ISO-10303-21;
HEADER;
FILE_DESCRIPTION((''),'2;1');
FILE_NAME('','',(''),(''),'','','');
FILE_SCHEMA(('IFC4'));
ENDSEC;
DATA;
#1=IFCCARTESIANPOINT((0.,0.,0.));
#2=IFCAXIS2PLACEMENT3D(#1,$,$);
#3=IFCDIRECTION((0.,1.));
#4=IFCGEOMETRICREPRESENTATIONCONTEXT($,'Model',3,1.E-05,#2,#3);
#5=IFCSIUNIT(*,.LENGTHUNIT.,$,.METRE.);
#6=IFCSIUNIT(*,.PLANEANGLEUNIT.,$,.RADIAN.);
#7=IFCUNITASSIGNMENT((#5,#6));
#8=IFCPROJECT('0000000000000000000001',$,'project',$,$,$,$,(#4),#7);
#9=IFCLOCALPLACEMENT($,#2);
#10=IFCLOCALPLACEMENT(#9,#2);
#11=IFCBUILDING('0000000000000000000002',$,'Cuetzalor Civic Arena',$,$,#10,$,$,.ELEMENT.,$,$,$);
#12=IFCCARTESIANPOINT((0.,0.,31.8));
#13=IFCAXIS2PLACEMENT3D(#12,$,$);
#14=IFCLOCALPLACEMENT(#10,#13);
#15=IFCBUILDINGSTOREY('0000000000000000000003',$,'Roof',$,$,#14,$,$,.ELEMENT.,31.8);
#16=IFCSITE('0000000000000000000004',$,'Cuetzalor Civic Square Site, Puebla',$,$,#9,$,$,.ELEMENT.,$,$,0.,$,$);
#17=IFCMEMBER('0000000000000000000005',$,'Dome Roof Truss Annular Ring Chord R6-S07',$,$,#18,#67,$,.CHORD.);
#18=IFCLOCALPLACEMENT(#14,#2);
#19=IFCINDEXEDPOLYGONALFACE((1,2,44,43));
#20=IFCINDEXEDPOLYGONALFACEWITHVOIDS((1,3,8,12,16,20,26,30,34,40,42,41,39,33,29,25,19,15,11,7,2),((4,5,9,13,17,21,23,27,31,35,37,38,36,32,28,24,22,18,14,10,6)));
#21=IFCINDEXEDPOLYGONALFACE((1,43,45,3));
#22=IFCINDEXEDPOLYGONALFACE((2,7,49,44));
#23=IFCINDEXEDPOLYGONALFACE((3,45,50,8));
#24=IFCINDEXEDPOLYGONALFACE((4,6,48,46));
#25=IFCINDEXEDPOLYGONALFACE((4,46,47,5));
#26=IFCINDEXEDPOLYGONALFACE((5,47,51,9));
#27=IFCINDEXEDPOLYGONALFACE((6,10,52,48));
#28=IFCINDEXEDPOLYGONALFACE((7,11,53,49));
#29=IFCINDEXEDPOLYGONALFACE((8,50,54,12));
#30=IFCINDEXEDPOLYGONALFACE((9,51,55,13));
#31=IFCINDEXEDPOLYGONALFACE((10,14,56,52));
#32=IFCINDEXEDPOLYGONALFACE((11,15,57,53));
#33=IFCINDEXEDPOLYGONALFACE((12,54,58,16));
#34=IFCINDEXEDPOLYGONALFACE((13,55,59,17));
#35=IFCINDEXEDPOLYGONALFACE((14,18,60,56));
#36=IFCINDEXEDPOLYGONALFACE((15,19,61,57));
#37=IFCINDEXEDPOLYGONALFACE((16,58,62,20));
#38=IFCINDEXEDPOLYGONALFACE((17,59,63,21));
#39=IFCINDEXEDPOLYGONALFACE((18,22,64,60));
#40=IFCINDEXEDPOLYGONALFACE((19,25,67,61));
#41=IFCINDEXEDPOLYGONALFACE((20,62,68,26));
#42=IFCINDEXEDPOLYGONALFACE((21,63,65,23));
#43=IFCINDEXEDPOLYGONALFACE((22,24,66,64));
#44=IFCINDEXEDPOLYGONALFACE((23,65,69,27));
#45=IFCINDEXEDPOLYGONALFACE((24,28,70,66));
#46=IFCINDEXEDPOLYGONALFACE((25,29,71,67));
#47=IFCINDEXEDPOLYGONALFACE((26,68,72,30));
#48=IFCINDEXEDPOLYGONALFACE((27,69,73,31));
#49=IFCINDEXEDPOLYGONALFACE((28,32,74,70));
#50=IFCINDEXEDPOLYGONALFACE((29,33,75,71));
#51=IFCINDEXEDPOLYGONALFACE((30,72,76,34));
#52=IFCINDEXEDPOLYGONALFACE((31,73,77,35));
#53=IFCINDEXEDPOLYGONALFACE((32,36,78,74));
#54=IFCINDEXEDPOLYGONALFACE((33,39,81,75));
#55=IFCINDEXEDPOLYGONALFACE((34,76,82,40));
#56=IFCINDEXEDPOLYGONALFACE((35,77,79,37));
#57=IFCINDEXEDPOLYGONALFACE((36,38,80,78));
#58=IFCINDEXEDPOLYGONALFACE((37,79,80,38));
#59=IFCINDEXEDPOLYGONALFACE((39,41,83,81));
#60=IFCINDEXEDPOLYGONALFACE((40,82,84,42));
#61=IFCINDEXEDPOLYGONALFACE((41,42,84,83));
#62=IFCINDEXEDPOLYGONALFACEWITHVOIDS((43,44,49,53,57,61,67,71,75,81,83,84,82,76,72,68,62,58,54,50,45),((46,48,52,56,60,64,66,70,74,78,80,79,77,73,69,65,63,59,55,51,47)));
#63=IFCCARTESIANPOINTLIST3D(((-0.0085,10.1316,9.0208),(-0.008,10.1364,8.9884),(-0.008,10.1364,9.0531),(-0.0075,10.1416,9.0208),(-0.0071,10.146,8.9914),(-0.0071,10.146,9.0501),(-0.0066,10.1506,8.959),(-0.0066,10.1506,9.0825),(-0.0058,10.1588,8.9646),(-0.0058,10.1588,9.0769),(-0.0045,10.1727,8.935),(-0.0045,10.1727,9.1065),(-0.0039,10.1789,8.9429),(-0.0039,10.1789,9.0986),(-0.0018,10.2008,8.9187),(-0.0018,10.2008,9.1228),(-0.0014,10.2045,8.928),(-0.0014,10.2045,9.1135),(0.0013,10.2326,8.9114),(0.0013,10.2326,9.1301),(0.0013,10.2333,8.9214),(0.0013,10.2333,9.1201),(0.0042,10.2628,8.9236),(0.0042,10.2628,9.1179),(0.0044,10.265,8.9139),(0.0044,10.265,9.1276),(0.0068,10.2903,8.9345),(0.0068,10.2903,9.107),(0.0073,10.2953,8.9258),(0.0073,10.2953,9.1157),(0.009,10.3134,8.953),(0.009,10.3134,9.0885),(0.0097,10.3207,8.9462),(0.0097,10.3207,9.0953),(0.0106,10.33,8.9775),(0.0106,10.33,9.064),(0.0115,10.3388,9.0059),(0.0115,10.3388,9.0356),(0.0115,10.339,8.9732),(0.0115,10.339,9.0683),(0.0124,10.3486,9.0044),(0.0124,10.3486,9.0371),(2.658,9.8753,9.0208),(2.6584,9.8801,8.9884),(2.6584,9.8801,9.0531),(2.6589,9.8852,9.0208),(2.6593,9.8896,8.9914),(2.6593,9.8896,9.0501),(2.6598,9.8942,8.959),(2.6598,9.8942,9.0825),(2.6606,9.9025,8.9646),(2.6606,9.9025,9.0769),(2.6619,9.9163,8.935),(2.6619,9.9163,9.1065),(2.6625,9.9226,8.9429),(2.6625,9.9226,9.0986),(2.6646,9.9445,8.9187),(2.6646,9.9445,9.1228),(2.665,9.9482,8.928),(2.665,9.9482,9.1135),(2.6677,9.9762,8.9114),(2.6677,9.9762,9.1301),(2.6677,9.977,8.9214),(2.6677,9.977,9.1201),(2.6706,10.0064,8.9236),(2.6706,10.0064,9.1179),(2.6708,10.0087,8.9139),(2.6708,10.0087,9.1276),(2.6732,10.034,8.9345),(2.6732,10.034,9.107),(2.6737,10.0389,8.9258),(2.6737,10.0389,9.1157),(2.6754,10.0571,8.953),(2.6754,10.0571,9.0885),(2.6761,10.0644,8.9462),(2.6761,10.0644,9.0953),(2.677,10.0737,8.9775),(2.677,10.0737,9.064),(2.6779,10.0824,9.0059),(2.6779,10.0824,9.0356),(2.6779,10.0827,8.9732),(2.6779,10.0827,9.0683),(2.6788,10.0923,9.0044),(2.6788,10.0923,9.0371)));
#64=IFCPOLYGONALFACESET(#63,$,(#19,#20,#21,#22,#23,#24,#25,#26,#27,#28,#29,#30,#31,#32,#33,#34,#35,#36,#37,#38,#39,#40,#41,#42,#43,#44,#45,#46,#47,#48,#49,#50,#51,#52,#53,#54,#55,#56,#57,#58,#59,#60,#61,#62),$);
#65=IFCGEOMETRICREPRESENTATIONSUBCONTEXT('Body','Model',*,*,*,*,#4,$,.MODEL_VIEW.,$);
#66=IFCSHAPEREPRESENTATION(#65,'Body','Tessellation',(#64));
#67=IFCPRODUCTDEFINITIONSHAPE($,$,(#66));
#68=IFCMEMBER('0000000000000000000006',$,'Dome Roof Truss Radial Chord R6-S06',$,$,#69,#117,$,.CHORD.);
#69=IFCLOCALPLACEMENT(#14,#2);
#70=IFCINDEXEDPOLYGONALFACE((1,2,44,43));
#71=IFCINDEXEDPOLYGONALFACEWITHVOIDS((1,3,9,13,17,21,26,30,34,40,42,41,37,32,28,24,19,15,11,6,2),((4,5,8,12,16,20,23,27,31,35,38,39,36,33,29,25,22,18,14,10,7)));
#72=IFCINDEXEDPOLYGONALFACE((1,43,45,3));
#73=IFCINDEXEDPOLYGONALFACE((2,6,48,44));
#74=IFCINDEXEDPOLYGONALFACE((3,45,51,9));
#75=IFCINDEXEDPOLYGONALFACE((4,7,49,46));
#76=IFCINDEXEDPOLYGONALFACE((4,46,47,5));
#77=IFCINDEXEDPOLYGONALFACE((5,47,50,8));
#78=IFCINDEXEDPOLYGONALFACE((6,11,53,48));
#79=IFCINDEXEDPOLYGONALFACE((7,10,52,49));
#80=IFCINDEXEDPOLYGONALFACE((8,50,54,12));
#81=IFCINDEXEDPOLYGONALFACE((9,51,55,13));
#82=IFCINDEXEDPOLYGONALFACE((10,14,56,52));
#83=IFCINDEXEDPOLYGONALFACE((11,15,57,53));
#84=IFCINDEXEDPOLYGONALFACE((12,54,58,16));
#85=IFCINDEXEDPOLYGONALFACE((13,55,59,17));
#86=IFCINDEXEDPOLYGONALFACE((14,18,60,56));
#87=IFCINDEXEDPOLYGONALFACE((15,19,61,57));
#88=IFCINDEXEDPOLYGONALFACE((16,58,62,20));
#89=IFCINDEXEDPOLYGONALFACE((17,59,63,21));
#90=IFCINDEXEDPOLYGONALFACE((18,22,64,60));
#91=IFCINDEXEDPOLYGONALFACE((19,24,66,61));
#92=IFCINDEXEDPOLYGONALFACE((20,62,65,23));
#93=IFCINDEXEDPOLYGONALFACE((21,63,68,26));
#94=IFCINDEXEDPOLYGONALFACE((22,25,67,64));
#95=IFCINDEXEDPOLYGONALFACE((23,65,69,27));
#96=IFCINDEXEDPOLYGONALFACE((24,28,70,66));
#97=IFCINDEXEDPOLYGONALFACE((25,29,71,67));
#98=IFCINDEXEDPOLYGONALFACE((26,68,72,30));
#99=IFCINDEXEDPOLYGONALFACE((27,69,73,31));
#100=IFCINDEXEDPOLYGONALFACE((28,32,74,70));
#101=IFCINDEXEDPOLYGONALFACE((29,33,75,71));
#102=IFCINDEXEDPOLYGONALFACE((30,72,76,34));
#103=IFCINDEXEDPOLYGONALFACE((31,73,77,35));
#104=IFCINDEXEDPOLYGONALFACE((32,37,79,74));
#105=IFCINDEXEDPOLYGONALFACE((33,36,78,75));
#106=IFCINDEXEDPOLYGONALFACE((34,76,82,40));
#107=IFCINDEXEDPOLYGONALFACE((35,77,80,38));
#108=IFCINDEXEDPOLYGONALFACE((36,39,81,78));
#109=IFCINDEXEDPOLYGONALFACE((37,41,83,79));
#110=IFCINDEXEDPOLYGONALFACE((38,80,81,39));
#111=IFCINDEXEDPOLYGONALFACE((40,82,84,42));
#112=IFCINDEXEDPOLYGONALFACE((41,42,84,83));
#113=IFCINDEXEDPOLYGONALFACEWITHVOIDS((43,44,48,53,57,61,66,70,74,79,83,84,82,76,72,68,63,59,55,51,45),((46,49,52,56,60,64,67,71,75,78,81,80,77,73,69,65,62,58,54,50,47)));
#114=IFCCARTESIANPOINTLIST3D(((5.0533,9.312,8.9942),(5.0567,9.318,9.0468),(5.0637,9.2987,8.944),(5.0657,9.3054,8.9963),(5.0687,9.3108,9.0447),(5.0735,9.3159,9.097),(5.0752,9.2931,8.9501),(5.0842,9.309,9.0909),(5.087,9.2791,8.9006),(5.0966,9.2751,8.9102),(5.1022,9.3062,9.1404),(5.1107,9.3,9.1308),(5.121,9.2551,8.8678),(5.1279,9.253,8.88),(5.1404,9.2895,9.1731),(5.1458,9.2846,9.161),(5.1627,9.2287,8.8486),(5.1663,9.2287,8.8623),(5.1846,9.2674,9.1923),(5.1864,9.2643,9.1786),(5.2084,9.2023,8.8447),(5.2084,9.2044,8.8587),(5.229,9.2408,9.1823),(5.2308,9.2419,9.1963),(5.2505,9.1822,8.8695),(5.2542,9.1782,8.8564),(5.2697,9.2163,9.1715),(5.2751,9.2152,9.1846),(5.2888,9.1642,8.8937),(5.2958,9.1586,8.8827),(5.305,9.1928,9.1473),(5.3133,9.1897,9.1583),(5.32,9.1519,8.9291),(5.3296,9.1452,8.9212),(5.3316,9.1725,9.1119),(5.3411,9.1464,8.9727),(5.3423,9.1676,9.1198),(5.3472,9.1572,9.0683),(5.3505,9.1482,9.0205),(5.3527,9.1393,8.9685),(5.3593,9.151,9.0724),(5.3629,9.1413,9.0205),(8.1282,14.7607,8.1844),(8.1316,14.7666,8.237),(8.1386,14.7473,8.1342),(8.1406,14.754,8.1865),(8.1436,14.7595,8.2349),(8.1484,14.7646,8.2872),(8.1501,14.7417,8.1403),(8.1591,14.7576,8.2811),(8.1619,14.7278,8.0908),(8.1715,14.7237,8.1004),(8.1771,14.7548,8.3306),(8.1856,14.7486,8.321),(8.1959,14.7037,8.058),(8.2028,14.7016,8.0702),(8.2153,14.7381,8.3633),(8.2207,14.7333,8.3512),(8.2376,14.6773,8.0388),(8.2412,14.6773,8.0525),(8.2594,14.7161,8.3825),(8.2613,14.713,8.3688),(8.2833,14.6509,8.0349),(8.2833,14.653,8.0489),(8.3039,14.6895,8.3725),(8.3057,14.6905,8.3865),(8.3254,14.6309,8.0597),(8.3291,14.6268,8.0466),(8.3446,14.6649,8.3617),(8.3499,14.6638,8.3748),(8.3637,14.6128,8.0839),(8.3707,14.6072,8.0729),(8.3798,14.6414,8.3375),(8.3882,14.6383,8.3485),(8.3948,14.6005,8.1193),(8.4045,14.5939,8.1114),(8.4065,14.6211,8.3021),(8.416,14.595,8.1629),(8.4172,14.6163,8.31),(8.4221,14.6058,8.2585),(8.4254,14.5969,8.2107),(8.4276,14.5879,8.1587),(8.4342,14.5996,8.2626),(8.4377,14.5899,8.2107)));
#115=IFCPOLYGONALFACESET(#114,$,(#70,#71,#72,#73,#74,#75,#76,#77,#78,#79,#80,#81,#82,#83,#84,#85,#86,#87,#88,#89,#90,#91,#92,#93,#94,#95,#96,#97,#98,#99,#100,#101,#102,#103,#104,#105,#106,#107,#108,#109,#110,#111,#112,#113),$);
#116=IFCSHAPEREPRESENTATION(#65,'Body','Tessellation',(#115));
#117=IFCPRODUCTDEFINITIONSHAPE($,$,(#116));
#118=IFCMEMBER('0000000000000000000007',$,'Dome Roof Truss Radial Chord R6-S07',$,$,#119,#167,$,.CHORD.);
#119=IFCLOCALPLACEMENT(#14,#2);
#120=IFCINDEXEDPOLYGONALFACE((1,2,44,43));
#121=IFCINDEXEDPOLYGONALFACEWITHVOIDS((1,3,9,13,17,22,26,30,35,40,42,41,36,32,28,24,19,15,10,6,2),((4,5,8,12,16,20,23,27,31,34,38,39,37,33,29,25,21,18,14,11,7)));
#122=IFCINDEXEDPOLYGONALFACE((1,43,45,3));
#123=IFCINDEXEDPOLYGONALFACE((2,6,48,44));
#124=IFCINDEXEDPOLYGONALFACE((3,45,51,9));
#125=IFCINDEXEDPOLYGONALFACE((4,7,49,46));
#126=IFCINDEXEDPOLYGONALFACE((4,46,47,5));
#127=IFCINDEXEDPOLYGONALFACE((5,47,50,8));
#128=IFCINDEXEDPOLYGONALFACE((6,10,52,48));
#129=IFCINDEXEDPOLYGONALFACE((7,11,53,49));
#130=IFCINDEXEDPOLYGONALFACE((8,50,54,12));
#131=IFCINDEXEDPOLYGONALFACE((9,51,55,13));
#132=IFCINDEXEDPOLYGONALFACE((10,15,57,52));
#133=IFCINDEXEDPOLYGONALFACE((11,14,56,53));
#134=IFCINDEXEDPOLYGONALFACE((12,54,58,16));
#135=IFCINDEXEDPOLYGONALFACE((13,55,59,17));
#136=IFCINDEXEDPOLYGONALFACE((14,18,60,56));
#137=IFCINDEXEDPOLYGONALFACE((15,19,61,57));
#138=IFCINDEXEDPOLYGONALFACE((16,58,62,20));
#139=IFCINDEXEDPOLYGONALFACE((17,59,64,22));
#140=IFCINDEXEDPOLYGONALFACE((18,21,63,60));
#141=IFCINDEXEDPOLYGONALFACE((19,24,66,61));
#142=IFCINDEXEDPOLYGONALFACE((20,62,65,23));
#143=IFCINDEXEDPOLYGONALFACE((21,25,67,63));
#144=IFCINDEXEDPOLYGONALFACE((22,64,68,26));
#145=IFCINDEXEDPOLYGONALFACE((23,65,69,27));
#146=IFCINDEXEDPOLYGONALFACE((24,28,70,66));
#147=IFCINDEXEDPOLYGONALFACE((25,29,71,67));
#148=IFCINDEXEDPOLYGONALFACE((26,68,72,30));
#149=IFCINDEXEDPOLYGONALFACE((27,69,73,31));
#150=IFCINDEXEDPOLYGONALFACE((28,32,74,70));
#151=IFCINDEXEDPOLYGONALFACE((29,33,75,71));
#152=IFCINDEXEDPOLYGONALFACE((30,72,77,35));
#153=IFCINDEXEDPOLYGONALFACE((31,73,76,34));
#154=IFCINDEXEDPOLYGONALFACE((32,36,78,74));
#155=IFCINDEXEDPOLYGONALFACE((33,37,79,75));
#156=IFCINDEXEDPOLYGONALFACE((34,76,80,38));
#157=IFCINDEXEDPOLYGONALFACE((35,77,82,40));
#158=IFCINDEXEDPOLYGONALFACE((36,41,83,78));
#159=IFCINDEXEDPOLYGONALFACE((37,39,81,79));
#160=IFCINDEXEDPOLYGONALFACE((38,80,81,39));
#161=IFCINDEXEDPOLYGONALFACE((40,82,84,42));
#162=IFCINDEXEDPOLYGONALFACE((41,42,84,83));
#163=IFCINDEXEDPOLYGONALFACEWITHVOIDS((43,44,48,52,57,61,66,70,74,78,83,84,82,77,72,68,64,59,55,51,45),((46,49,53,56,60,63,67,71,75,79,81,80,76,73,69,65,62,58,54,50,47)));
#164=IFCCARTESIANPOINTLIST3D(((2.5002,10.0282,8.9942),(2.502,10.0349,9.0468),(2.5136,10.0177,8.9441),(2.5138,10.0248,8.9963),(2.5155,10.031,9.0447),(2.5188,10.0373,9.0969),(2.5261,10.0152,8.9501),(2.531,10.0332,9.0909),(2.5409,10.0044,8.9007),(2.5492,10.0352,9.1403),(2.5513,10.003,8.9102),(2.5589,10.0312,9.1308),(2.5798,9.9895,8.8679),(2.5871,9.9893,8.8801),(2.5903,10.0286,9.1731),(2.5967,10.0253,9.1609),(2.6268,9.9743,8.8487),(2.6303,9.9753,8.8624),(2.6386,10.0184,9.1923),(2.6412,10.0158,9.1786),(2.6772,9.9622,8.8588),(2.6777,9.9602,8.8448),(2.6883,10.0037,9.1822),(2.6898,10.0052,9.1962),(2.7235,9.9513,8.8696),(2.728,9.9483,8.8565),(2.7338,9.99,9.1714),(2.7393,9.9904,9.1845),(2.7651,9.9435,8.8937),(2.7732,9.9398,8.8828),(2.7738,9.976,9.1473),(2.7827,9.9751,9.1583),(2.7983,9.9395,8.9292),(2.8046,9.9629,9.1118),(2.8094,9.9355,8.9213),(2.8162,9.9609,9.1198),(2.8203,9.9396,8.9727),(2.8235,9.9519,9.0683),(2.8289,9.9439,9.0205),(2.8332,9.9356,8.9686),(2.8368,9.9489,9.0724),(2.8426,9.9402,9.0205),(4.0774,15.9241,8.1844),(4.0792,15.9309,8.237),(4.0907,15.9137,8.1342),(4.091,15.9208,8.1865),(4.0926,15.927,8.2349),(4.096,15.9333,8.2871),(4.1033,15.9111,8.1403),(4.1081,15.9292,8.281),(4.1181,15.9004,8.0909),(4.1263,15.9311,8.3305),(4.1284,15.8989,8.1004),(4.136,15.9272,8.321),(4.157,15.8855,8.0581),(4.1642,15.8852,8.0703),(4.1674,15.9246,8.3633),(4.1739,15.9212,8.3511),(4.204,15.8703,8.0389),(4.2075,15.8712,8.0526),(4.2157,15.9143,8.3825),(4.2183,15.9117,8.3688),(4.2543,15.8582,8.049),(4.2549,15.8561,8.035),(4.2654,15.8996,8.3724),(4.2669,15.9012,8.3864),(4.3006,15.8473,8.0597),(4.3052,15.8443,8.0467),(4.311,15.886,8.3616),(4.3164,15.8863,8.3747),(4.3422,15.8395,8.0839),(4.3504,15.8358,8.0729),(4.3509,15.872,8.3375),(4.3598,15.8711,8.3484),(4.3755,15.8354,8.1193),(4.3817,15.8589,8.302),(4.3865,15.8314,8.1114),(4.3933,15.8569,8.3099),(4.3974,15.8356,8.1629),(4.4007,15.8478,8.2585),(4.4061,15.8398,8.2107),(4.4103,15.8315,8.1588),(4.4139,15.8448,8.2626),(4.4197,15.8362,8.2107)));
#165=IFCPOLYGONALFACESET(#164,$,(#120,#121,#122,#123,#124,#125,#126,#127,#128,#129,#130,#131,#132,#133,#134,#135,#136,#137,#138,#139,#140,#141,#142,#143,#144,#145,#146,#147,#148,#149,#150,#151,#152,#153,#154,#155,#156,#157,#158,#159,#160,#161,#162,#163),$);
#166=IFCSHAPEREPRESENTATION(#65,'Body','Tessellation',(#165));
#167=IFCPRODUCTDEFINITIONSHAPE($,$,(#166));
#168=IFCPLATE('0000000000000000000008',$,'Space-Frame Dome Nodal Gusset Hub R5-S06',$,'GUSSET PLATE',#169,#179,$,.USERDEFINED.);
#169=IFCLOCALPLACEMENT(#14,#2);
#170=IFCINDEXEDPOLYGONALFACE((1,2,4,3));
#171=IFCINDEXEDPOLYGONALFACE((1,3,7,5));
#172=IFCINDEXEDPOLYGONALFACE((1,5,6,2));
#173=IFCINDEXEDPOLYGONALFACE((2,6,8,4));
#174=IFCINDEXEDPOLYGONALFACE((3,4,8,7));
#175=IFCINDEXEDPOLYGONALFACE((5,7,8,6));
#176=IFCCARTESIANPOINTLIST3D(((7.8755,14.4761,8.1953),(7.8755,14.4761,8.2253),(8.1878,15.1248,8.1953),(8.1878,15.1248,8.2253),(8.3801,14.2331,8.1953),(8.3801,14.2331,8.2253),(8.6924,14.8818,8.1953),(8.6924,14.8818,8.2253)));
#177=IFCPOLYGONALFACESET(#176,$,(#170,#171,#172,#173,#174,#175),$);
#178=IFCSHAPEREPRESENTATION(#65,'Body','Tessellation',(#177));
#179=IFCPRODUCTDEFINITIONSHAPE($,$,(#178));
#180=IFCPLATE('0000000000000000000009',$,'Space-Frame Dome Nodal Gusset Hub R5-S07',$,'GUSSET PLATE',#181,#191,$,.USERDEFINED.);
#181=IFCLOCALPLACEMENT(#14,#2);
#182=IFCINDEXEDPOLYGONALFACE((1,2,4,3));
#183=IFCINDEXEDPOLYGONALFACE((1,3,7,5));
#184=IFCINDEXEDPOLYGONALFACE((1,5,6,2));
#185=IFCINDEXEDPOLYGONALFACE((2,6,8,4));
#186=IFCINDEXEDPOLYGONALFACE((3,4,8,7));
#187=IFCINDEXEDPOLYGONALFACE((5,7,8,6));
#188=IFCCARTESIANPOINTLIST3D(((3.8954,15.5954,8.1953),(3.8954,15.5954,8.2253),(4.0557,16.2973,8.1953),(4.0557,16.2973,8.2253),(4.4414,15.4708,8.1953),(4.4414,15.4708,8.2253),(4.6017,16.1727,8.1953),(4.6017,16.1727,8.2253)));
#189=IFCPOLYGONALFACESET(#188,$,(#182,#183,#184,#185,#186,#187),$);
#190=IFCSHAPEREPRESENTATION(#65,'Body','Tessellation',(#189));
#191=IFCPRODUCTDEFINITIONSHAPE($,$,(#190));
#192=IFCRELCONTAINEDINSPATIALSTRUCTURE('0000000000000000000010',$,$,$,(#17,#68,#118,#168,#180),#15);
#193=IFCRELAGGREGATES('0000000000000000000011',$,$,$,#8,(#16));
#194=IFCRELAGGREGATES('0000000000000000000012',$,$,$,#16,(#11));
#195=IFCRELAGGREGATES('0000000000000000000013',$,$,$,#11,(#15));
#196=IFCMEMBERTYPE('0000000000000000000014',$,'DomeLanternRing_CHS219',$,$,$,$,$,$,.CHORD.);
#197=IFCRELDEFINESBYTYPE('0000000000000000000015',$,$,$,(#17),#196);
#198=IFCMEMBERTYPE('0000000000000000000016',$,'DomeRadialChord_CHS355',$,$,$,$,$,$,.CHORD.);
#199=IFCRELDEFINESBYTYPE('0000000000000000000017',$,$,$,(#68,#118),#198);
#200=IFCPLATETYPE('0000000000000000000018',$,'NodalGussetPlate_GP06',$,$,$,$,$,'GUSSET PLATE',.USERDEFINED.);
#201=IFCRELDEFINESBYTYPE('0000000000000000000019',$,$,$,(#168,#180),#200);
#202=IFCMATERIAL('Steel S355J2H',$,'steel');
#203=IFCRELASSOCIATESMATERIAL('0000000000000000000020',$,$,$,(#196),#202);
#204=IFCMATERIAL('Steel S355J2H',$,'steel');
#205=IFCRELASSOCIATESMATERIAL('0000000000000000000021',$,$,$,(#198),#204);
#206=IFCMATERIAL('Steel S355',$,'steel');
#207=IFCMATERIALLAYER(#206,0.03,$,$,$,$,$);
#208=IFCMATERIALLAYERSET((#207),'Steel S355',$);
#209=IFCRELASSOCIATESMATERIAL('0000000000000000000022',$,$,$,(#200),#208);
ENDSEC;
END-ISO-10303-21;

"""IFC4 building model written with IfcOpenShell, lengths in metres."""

from ifc_helpers import new_model, si_unit, direction, frame, origin, origin_2d, place, context, subcontext, project, spatial, rectangle, hollow_circle, extrude, material, layer, layer_set, material_profile, profile_set, type_object, element, save


model = new_model("IFC4")

# Units and contexts
model_context = context("Model", 3, precision=1e-05, world=origin(), true_north=direction((0.0, 1.0)))
body_context = subcontext(model_context, "Body", "Model", "MODEL_VIEW")
ifc_project = project(units=[si_unit("LENGTHUNIT", "METRE"), si_unit("PLANEANGLEUNIT", "RADIAN")], contexts=[model_context])

# Site, building, storey
site_placement = place(None, origin())
site = spatial("IfcSite", under=ifc_project, at=site_placement, Name="Cuetzalor Civic Square Site, Puebla", CompositionType="ELEMENT", RefElevation=0.0)
building_placement = place(site_placement, origin())
building = spatial("IfcBuilding", under=site, at=building_placement, Name="Cuetzalor Civic Arena", CompositionType="ELEMENT")
storey_placement = place(building_placement, frame((0.0, 0.0, 31.8)))
storey = spatial("IfcBuildingStorey", under=building, at=storey_placement, Name="Roof", CompositionType="ELEMENT", Elevation=31.8)

# Members
ifc_material_1 = material(Name="Steel S355J2H", Category="steel")
ifc_material_profile_1 = material_profile(ifc_material_1, hollow_circle(Radius=0.1096, WallThickness=0.01, at=origin_2d()), Name="CHS 219.1x10")
ifc_profile_set_1 = profile_set([ifc_material_profile_1], Name="Steel S355J2H")
member_type_1 = type_object("IfcMemberType", Name="DomeLanternRing_CHS219", PredefinedType="CHORD", material=ifc_profile_set_1)
member_1_placement = place(storey_placement, frame((2.6685, 9.9844, 9.0208), z_axis=(-0.995411, 0.095695, 0.0), x_axis=(-0.095695, -0.995411, 0.0)))
element("IfcMember", 1, at=member_1_placement, inside=storey, type_object=member_type_1, Name="Dome Roof Truss Annular Ring Chord R6-S07", PredefinedType="CHORD", context=body_context, shape_type="SweptSolid", body=[
    extrude(hollow_circle(Radius=0.1096, WallThickness=0.01, at=origin_2d()), origin(), (0.0, 0.0, 1.0), 2.6787),
])
ifc_material_2 = material(Name="Steel S355J2H", Category="steel")
ifc_material_profile_2 = material_profile(ifc_material_2, hollow_circle(Radius=0.1777, WallThickness=0.0142, at=origin_2d()), Name="CHS 355.6x14.2")
ifc_profile_set_2 = profile_set([ifc_material_profile_2], Name="Steel S355J2H")
member_type_2 = type_object("IfcMemberType", Name="DomeRadialChord_CHS355", PredefinedType="CHORD", material=ifc_profile_set_2)
member_2_placement = place(storey_placement, frame((8.283, 14.6772, 8.2107), z_axis=(-0.487414, -0.863684, 0.128365), x_axis=(0.870889, -0.49148, 0.0)))
element("IfcMember", 2, at=member_2_placement, inside=storey, type_object=member_type_2, Name="Dome Roof Truss Radial Chord R6-S06", PredefinedType="CHORD", context=body_context, shape_type="SweptSolid", body=[
    extrude(hollow_circle(Radius=0.1777, WallThickness=0.0142, at=origin_2d()), origin(), (0.0, 0.0, 1.0), 6.3086),
])
member_3_placement = place(storey_placement, frame((4.248, 15.8821, 8.2107), z_axis=(-0.256164, -0.957642, 0.131532), x_axis=(0.966035, -0.258409, 0.0)))
element("IfcMember", 3, at=member_3_placement, inside=storey, type_object=member_type_2, Name="Dome Roof Truss Radial Chord R6-S07", PredefinedType="CHORD", context=body_context, shape_type="SweptSolid", body=[
    extrude(hollow_circle(Radius=0.1777, WallThickness=0.0142, at=origin_2d()), origin(), (0.0, 0.0, 1.0), 6.1567),
])

# Plates
ifc_material_3 = material(Name="Steel S355", Category="steel")
ifc_layer_1 = layer(ifc_material_3, 0.03)
ifc_layer_set_1 = layer_set([ifc_layer_1], Name="Steel S355")
plate_type_1 = type_object("IfcPlateType", Name="NodalGussetPlate_GP06", ElementType="GUSSET PLATE", PredefinedType="USERDEFINED", material=ifc_layer_set_1)
for number, where, z_axis, x_axis, name in (
    (4, (8.2839, 14.679, 8.1953), (0.0, 0.0, 1.0), (0.433816, 0.901001, 0.0), "Space-Frame Dome Nodal Gusset Hub R5-S06"),
    (5, (4.2485, 15.884, 8.1953), (0.0, 0.0, 1.0), (0.22257, 0.974917, 0.0), "Space-Frame Dome Nodal Gusset Hub R5-S07"),
):
    element("IfcPlate", number, at=place(storey_placement, frame(where, z_axis=z_axis, x_axis=x_axis)), inside=storey, type_object=plate_type_1, Name=name, ObjectType="GUSSET PLATE", PredefinedType="USERDEFINED", context=body_context, shape_type="SweptSolid", body=[
        extrude(rectangle(XDim=0.72, YDim=0.5601, at=origin_2d()), origin(), (0.0, 0.0, 1.0), 0.03),
    ])

save(model, "model.ifc")
